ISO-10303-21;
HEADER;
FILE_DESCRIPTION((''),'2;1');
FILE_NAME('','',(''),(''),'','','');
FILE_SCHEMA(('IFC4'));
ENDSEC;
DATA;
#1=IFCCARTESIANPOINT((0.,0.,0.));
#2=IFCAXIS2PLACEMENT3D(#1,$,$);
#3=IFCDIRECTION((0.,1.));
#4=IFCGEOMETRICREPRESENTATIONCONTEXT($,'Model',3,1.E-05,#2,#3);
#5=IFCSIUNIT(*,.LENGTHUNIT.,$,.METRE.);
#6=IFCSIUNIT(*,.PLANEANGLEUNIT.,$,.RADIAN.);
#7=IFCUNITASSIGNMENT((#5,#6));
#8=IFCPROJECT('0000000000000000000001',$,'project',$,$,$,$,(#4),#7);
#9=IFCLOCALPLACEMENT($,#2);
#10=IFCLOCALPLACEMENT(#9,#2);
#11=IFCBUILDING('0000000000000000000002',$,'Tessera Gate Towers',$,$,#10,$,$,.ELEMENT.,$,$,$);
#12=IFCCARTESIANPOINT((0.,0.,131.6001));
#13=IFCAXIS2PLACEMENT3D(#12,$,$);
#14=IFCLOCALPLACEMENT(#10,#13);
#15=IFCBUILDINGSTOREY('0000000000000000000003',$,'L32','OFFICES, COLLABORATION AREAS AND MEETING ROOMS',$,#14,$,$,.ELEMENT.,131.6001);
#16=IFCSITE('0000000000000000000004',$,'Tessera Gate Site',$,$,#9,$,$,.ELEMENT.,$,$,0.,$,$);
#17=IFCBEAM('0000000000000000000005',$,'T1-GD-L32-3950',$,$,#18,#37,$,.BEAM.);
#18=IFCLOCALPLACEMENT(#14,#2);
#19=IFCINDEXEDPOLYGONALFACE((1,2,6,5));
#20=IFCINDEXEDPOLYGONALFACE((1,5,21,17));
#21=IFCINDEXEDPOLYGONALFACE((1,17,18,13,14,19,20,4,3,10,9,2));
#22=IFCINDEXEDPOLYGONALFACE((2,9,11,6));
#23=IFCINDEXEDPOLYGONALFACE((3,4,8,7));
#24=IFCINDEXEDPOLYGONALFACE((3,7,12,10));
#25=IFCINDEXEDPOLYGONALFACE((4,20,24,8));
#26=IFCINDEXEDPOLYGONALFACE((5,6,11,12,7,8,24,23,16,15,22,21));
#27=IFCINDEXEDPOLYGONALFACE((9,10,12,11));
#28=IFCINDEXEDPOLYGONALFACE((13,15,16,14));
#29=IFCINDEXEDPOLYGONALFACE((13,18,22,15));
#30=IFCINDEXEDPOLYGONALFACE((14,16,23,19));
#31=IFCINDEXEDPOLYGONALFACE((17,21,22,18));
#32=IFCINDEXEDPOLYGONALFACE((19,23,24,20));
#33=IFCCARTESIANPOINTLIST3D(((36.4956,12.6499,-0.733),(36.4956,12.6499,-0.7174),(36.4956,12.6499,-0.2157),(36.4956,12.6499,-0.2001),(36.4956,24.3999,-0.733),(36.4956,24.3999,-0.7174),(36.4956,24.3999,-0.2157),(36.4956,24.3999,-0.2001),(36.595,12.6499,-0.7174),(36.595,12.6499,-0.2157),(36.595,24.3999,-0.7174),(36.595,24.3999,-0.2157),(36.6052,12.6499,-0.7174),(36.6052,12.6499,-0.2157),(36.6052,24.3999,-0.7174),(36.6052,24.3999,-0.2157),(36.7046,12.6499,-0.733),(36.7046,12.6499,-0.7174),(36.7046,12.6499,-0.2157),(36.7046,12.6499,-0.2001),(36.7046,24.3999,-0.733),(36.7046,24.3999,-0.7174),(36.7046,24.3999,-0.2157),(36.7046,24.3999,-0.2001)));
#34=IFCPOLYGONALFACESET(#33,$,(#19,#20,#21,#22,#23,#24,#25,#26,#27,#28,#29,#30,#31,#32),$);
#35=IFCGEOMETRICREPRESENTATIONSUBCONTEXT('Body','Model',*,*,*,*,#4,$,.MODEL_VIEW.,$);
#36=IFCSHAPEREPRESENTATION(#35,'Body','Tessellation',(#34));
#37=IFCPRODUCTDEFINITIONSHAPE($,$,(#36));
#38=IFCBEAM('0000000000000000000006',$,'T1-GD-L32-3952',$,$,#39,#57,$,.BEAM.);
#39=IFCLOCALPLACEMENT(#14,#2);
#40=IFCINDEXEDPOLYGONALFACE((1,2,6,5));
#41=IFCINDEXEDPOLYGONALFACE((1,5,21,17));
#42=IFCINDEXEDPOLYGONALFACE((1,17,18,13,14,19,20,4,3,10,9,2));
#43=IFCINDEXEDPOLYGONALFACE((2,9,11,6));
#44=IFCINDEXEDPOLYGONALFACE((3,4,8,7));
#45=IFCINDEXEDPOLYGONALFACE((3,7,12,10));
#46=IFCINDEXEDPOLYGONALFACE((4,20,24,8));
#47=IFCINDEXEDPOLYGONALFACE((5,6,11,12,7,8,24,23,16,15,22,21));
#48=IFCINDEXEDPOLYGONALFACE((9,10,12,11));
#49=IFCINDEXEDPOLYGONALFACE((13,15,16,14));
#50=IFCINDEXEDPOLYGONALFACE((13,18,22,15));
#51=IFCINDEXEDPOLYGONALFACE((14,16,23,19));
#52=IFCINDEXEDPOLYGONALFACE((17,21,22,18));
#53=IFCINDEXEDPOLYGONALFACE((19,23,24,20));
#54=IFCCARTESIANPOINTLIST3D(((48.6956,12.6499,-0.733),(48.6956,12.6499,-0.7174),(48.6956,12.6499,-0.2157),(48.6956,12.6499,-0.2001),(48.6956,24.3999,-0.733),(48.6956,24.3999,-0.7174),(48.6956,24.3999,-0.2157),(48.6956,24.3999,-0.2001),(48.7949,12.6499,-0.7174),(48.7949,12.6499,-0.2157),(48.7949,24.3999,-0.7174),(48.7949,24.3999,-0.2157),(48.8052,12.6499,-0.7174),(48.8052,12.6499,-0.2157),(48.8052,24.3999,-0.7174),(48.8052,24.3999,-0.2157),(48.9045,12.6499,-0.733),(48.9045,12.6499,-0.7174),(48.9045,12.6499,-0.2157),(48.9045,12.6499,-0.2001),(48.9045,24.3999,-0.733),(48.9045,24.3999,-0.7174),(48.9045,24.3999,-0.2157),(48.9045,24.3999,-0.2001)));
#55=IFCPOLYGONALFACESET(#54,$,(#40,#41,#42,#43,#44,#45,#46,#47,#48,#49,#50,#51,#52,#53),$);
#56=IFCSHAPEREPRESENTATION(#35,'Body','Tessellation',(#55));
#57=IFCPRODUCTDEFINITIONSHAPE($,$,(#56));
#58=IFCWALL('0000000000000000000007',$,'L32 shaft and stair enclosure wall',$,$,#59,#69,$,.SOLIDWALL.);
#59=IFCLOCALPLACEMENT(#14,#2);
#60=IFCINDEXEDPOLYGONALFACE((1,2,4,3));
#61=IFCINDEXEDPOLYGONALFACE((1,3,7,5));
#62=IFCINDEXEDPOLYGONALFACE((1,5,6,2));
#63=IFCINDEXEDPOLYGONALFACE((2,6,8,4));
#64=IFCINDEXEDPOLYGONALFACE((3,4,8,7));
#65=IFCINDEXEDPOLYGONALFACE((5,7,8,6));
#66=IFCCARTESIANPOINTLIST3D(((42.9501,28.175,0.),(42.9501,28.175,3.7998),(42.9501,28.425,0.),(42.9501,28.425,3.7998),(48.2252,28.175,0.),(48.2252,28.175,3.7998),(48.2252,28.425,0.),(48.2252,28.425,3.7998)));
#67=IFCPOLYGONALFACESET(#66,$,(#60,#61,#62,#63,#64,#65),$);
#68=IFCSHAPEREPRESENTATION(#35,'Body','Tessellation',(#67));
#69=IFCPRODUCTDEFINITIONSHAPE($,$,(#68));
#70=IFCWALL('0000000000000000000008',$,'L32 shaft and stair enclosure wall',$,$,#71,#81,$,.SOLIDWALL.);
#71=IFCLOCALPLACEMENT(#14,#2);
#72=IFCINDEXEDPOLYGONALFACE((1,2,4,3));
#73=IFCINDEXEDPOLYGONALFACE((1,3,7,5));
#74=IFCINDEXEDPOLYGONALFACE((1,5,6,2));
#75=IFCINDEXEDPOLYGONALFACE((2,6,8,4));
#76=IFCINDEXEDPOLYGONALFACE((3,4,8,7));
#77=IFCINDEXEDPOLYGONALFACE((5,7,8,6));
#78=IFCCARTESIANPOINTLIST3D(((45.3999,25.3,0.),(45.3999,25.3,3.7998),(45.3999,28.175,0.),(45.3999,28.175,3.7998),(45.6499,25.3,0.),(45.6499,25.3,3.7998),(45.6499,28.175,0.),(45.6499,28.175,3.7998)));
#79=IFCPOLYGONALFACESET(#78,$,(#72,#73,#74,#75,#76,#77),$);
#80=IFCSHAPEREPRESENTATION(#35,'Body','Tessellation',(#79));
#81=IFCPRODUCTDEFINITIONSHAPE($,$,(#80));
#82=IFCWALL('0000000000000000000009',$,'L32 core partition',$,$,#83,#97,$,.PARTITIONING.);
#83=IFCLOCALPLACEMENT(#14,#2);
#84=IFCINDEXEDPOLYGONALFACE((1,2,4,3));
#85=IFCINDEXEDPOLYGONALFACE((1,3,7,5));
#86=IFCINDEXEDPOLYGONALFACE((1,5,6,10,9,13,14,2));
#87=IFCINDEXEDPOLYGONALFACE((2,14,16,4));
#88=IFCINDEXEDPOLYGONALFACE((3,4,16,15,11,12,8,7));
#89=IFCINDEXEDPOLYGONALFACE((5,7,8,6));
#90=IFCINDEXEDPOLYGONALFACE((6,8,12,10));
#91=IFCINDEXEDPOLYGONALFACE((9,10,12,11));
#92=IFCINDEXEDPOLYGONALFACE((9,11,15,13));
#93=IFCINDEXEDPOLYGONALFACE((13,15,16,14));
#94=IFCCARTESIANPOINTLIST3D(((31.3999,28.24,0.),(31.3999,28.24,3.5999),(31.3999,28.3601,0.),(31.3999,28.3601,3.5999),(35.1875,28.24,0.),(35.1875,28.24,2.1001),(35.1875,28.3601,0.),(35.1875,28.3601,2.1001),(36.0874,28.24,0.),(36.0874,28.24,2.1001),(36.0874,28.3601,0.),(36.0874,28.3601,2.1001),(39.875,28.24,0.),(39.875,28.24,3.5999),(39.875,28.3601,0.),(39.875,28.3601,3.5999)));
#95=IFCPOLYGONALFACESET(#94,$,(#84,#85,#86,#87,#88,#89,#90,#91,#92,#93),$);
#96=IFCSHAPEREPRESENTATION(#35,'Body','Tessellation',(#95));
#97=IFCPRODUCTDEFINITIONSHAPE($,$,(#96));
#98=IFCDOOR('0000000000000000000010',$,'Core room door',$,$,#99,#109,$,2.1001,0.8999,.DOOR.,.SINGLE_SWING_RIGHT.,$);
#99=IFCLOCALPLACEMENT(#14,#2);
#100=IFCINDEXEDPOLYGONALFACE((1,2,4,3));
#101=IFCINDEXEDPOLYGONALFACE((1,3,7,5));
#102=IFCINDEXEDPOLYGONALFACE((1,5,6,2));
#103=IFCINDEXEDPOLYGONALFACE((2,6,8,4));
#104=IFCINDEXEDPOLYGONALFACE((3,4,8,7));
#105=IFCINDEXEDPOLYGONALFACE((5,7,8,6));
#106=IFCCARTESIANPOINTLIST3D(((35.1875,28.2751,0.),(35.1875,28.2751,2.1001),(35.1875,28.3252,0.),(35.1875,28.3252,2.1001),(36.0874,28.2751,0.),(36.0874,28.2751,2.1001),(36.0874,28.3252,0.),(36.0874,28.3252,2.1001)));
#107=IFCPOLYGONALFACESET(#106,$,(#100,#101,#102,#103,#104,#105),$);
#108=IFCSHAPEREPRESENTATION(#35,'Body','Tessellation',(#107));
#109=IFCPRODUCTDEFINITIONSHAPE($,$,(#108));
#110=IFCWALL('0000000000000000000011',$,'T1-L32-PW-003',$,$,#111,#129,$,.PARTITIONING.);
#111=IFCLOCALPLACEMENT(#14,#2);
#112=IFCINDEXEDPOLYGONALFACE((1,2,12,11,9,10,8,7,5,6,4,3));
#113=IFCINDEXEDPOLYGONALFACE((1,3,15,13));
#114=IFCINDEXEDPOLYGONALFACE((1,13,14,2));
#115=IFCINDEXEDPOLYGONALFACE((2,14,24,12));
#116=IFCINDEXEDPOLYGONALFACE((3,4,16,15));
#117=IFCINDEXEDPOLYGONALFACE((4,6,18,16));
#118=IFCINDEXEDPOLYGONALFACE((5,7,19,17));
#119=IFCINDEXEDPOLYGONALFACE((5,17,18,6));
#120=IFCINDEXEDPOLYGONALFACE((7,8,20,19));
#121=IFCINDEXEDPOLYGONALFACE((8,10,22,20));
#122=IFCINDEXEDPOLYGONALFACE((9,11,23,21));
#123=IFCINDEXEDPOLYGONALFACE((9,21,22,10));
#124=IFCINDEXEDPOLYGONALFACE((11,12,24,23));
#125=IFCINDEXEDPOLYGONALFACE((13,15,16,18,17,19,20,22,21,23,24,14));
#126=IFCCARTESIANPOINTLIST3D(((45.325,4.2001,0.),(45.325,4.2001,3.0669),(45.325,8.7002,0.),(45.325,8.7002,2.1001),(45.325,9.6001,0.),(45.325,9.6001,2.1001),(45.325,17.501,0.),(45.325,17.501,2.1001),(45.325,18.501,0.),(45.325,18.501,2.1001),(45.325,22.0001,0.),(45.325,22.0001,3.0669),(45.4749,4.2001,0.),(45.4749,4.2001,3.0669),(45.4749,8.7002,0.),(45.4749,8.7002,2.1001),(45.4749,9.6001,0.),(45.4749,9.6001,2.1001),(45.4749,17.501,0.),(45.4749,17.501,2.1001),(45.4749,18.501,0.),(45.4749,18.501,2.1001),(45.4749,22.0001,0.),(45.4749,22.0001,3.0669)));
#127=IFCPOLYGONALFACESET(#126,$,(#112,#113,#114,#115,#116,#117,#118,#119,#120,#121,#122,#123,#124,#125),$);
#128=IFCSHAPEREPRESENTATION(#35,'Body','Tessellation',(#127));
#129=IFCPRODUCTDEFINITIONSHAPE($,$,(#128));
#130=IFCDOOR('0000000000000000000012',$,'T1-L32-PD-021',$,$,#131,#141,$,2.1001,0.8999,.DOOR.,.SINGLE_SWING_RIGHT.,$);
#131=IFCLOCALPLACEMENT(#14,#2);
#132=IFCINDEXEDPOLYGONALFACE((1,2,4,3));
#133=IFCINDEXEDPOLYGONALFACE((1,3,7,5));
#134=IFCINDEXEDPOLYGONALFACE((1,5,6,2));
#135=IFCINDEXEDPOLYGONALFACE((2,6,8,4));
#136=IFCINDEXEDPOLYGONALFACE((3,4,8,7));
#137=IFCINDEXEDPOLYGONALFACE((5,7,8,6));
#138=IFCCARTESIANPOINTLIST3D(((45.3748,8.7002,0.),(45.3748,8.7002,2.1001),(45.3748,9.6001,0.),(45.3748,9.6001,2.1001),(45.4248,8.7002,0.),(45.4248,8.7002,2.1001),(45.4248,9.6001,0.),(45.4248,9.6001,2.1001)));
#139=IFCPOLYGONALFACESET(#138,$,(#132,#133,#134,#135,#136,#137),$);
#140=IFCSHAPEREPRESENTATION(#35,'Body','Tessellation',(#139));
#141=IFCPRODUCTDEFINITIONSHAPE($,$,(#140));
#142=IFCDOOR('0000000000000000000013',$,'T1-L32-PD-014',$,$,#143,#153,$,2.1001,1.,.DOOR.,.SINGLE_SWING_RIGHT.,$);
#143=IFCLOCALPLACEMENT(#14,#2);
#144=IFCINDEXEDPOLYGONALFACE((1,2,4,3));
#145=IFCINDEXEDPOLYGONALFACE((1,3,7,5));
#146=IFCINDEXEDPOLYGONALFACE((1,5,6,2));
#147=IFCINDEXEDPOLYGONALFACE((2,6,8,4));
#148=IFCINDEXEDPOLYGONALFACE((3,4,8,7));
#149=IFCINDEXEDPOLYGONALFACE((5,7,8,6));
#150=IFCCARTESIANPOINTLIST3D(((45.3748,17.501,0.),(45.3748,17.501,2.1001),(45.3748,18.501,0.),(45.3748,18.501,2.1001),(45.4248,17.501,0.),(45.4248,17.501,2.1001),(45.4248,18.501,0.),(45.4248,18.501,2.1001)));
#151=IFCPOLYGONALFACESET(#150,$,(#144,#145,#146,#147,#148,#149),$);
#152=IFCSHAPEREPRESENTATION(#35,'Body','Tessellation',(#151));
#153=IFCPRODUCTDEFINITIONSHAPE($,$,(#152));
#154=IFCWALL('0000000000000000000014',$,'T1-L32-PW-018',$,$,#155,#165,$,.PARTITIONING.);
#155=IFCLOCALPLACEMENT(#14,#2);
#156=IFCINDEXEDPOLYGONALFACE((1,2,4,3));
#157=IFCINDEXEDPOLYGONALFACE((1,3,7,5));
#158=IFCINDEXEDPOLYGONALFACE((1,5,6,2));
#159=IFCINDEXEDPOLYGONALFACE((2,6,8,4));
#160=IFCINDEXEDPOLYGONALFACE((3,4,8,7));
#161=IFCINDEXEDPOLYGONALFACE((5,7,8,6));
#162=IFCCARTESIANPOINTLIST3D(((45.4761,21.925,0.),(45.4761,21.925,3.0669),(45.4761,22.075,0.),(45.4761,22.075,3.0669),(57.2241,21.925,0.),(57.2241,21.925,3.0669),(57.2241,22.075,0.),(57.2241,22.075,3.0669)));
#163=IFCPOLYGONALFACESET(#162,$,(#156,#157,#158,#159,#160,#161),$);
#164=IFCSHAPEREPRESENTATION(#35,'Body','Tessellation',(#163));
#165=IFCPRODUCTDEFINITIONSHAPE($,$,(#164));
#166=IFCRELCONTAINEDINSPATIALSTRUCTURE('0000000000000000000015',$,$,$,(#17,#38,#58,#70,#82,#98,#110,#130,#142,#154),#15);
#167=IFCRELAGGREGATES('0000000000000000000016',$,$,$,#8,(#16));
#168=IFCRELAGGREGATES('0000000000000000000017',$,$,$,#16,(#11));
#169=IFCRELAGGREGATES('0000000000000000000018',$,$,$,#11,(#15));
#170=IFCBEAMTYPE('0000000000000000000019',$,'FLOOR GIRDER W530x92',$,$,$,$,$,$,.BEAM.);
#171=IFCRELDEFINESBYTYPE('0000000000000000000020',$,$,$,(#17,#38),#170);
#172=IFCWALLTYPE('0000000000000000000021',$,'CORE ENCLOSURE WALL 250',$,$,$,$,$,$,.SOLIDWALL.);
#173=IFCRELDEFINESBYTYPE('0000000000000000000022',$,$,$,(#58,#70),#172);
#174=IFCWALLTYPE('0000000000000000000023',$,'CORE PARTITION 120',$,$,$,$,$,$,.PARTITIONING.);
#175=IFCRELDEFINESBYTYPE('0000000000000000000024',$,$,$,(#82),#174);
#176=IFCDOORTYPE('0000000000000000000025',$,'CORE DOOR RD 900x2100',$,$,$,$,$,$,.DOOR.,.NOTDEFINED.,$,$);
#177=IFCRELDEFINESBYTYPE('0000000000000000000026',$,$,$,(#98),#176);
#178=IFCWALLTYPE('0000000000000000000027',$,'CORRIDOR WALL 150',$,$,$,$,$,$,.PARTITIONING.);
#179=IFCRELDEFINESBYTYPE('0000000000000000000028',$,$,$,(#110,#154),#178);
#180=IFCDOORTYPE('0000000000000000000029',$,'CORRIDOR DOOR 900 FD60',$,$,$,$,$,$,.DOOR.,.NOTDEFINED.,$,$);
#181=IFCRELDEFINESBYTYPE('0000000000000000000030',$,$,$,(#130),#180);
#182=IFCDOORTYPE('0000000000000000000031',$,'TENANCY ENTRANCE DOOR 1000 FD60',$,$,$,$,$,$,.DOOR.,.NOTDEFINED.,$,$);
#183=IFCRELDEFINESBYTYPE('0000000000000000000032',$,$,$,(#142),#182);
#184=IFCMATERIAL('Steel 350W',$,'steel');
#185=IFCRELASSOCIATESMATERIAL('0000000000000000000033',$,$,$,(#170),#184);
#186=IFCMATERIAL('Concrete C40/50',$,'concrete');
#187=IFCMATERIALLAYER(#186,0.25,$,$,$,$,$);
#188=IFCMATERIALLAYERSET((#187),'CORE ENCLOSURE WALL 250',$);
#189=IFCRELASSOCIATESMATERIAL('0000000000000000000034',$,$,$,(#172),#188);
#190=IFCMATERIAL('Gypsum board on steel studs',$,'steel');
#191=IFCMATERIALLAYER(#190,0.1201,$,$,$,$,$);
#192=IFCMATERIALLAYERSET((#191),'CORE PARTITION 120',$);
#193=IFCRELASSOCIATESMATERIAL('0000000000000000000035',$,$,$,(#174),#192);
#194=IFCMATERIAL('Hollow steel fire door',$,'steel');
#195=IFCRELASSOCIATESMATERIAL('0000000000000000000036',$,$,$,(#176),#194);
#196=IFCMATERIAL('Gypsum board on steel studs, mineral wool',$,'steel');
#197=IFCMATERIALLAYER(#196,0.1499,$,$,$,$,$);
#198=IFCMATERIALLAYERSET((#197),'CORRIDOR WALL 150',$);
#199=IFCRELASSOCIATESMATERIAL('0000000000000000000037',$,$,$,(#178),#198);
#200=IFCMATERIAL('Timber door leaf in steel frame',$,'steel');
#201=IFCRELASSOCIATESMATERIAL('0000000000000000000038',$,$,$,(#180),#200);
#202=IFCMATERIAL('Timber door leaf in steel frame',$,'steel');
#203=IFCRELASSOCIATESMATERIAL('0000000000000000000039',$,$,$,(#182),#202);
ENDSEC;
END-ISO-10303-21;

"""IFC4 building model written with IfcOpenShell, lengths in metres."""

from ifc_helpers import new_model, si_unit, direction, frame, frame_2d, origin, origin_2d, place, context, subcontext, project, spatial, rectangle, i_section, extrude, source, transform, mapped, material, layer, layer_set, material_profile, profile_set, type_object, element, fill, save


model = new_model("IFC4")

# Units and contexts
model_context = context("Model", 3, precision=1e-05, world=origin(), true_north=direction((0.0, 1.0)))
body_context = subcontext(model_context, "Body", "Model", "MODEL_VIEW")
ifc_project = project(units=[si_unit("LENGTHUNIT", "METRE"), si_unit("PLANEANGLEUNIT", "RADIAN")], contexts=[model_context])

# Site, building, storey
site_placement = place(None, origin())
site = spatial("IfcSite", under=ifc_project, at=site_placement, Name="Tessera Gate Site", CompositionType="ELEMENT", RefElevation=0.0)
building_placement = place(site_placement, origin())
building = spatial("IfcBuilding", under=site, at=building_placement, Name="Tessera Gate Towers", CompositionType="ELEMENT")
storey_placement = place(building_placement, frame((0.0, 0.0, 131.6001)))
storey = spatial("IfcBuildingStorey", under=building, at=storey_placement, Name="L32", Description="OFFICES, COLLABORATION AREAS AND MEETING ROOMS", CompositionType="ELEMENT", Elevation=131.6001)

# Beams
ifc_material_1 = material(Name="Steel 350W", Category="steel")
ifc_material_profile = material_profile(ifc_material_1, i_section(OverallWidth=0.209, OverallDepth=0.533, WebThickness=0.0103, FlangeThickness=0.0156, at=origin_2d()), Name="W530x92")
ifc_profile_set = profile_set([ifc_material_profile], Name="Steel 350W")
beam_type = type_object("IfcBeamType", Name="FLOOR GIRDER W530x92", PredefinedType="BEAM", material=ifc_profile_set)
for number, where, z_axis, x_axis, name in (
    (1, (36.6001, 12.6499, -0.4666), (0.0, 1.0, 0.0), (-1.0, 0.0, 0.0), "T1-GD-L32-3950"),
    (2, (48.8, 12.6499, -0.4666), (0.0, 1.0, 0.0), (-1.0, 0.0, 0.0), "T1-GD-L32-3952"),
):
    element("IfcBeam", number, at=place(storey_placement, frame(where, z_axis=z_axis, x_axis=x_axis)), inside=storey, type_object=beam_type, Name=name, PredefinedType="BEAM", context=body_context, shape_type="SweptSolid", body=[
        extrude(i_section(OverallWidth=0.209, OverallDepth=0.533, WebThickness=0.0103, FlangeThickness=0.0156, at=origin_2d()), origin(), (0.0, 0.0, 1.0), 11.75),
    ])

# Walls
ifc_material_2 = material(Name="Concrete C40/50", Category="concrete")
ifc_layer_1 = layer(ifc_material_2, 0.25)
ifc_layer_set_1 = layer_set([ifc_layer_1], Name="CORE ENCLOSURE WALL 250")
wall_type_1 = type_object("IfcWallType", Name="CORE ENCLOSURE WALL 250", PredefinedType="SOLIDWALL", material=ifc_layer_set_1)
wall_1_placement = place(storey_placement, frame((42.95, 28.3, 0.0), z_axis=(0.0, 0.0, 1.0), x_axis=(1.0, 0.0, 0.0)))
element("IfcWall", 3, at=wall_1_placement, inside=storey, type_object=wall_type_1, Name="L32 shaft and stair enclosure wall", PredefinedType="SOLIDWALL", context=body_context, shape_type="SweptSolid", body=[
    extrude(rectangle(XDim=5.2751, YDim=0.25, at=frame_2d((2.6377, 0.0))), origin(), (0.0, 0.0, 1.0), 3.7998),
])
wall_2_placement = place(storey_placement, frame((45.5249, 25.3, 0.0), z_axis=(0.0, 0.0, 1.0), x_axis=(0.0, 1.0, 0.0)))
element("IfcWall", 4, at=wall_2_placement, inside=storey, type_object=wall_type_1, Name="L32 shaft and stair enclosure wall", PredefinedType="SOLIDWALL", context=body_context, shape_type="SweptSolid", body=[
    extrude(rectangle(XDim=2.875, YDim=0.25, at=frame_2d((1.4375, 0.0))), origin(), (0.0, 0.0, 1.0), 3.7998),
])

# Wall, opening, door
ifc_material_3 = material(Name="Gypsum board on steel studs", Category="steel")
ifc_layer_2 = layer(ifc_material_3, 0.1201)
ifc_layer_set_2 = layer_set([ifc_layer_2], Name="CORE PARTITION 120")
wall_type_2 = type_object("IfcWallType", Name="CORE PARTITION 120", PredefinedType="PARTITIONING", material=ifc_layer_set_2)
wall_3_placement = place(storey_placement, frame((39.875, 28.3, 0.0), z_axis=(0.0, 0.0, 1.0), x_axis=(-1.0, 0.0, 0.0)))
wall_3 = element("IfcWall", 5, at=wall_3_placement, inside=storey, type_object=wall_type_2, Name="L32 core partition", PredefinedType="PARTITIONING", context=body_context, shape_type="SweptSolid", body=[
    extrude(rectangle(XDim=8.4751, YDim=0.1201, at=frame_2d((4.2375, 0.0))), origin(), (0.0, 0.0, 1.0), 3.5999),
])
shared_shape_1 = source(origin(), body_context, "Body", "SweptSolid", [
    extrude(rectangle(XDim=0.8999, YDim=2.1001, at=frame_2d((0.45, 1.05))), frame((0.0, 0.0701, 0.0), z_axis=(0.0, -1.0, 0.0), x_axis=(1.0, 0.0, 0.0)), (0.0, 0.0, 1.0), 0.1401),
])
opening_1_placement = place(wall_3_placement, frame((3.7876, 0.0, 0.0)))
opening_1 = element("IfcOpeningElement", 6, at=opening_1_placement, cuts=wall_3, PredefinedType="OPENING", context=body_context, shape_type="MappedRepresentation", body=[
    mapped(shared_shape_1, transform((0.0, 0.0, 0.0), scale=1.0)),
])
ifc_material_4 = material(Name="Hollow steel fire door", Category="steel")
door_type_1 = type_object("IfcDoorType", Name="CORE DOOR RD 900x2100", OperationType="NOTDEFINED", PredefinedType="DOOR", material=ifc_material_4)
shared_shape_2 = source(origin(), body_context, "Body", "SweptSolid", [
    extrude(rectangle(XDim=0.8999, YDim=2.1001, at=frame_2d((0.45, 1.05))), frame((0.0, 0.0249, 0.0), z_axis=(0.0, -1.0, 0.0), x_axis=(1.0, 0.0, 0.0)), (0.0, 0.0, 1.0), 0.05),
])
door_1_placement = place(opening_1_placement, origin())
door_1 = element("IfcDoor", 7, at=door_1_placement, inside=storey, type_object=door_type_1, Name="Core room door", OperationType="SINGLE_SWING_RIGHT", OverallHeight=2.1001, OverallWidth=0.8999, PredefinedType="DOOR", context=body_context, shape_type="MappedRepresentation", body=[
    mapped(shared_shape_2, transform((0.0, 0.0, 0.0), scale=1.0)),
])
fill(opening_1, door_1)

# Wall, openings, doors
ifc_material_5 = material(Name="Gypsum board on steel studs, mineral wool", Category="steel")
ifc_layer_3 = layer(ifc_material_5, 0.1499)
ifc_layer_set_3 = layer_set([ifc_layer_3], Name="CORRIDOR WALL 150")
wall_type_3 = type_object("IfcWallType", Name="CORRIDOR WALL 150", PredefinedType="PARTITIONING", material=ifc_layer_set_3)
wall_4_placement = place(storey_placement, frame((45.3999, 22.0, 0.0), z_axis=(0.0, 0.0, 1.0), x_axis=(0.0, -1.0, 0.0)))
wall_4 = element("IfcWall", 8, at=wall_4_placement, inside=storey, type_object=wall_type_3, Name="T1-L32-PW-003", PredefinedType="PARTITIONING", context=body_context, shape_type="SweptSolid", body=[
    extrude(rectangle(XDim=17.8, YDim=0.1499, at=frame_2d((8.8999, 0.0))), origin(), (0.0, 0.0, 1.0), 3.0669),
])
shared_shape_3 = source(origin(), body_context, "Body", "SweptSolid", [
    extrude(rectangle(XDim=1.0, YDim=2.1001, at=frame_2d((0.5, 1.05))), frame((0.0, 0.085, 0.0), z_axis=(0.0, -1.0, 0.0), x_axis=(1.0, 0.0, 0.0)), (0.0, 0.0, 1.0), 0.1699),
])
opening_2_placement = place(wall_4_placement, frame((3.499, 0.0, 0.0)))
opening_2 = element("IfcOpeningElement", 9, at=opening_2_placement, cuts=wall_4, PredefinedType="OPENING", context=body_context, shape_type="MappedRepresentation", body=[
    mapped(shared_shape_3, transform((0.0, 0.0, 0.0), scale=1.0)),
])
shared_shape_4 = source(origin(), body_context, "Body", "SweptSolid", [
    extrude(rectangle(XDim=0.8999, YDim=2.1001, at=frame_2d((0.45, 1.05))), frame((0.0, 0.085, 0.0), z_axis=(0.0, -1.0, 0.0), x_axis=(1.0, 0.0, 0.0)), (0.0, 0.0, 1.0), 0.1699),
])
opening_3_placement = place(wall_4_placement, frame((12.3999, 0.0, 0.0)))
opening_3 = element("IfcOpeningElement", 10, at=opening_3_placement, cuts=wall_4, PredefinedType="OPENING", context=body_context, shape_type="MappedRepresentation", body=[
    mapped(shared_shape_4, transform((0.0, 0.0, 0.0), scale=1.0)),
])
ifc_material_6 = material(Name="Timber door leaf in steel frame", Category="steel")
door_type_2 = type_object("IfcDoorType", Name="CORRIDOR DOOR 900 FD60", OperationType="NOTDEFINED", PredefinedType="DOOR", material=ifc_material_6)
door_2_placement = place(opening_3_placement, origin())
door_2 = element("IfcDoor", 11, at=door_2_placement, inside=storey, type_object=door_type_2, Name="T1-L32-PD-021", OperationType="SINGLE_SWING_RIGHT", OverallHeight=2.1001, OverallWidth=0.8999, PredefinedType="DOOR", context=body_context, shape_type="MappedRepresentation", body=[
    mapped(shared_shape_2, transform((0.0, 0.0, 0.0), scale=1.0)),
])
fill(opening_3, door_2)
ifc_material_7 = material(Name="Timber door leaf in steel frame", Category="steel")
door_type_3 = type_object("IfcDoorType", Name="TENANCY ENTRANCE DOOR 1000 FD60", OperationType="NOTDEFINED", PredefinedType="DOOR", material=ifc_material_7)
shared_shape_5 = source(origin(), body_context, "Body", "SweptSolid", [
    extrude(rectangle(XDim=1.0, YDim=2.1001, at=frame_2d((0.5, 1.05))), frame((0.0, 0.0249, 0.0), z_axis=(0.0, -1.0, 0.0), x_axis=(1.0, 0.0, 0.0)), (0.0, 0.0, 1.0), 0.05),
])
door_3_placement = place(opening_2_placement, origin())
door_3 = element("IfcDoor", 12, at=door_3_placement, inside=storey, type_object=door_type_3, Name="T1-L32-PD-014", OperationType="SINGLE_SWING_RIGHT", OverallHeight=2.1001, OverallWidth=1.0, PredefinedType="DOOR", context=body_context, shape_type="MappedRepresentation", body=[
    mapped(shared_shape_5, transform((0.0, 0.0, 0.0), scale=1.0)),
])
fill(opening_2, door_3)

# Wall
wall_5_placement = place(storey_placement, frame((45.4761, 22.0, 0.0), z_axis=(0.0, 0.0, 1.0), x_axis=(1.0, 0.0, 0.0)))
element("IfcWall", 13, at=wall_5_placement, inside=storey, type_object=wall_type_3, Name="T1-L32-PW-018", PredefinedType="PARTITIONING", context=body_context, shape_type="SweptSolid", body=[
    extrude(rectangle(XDim=11.748, YDim=0.1499, at=frame_2d((5.874, 0.0))), origin(), (0.0, 0.0, 1.0), 3.0669),
])

save(model, "model.ifc")
